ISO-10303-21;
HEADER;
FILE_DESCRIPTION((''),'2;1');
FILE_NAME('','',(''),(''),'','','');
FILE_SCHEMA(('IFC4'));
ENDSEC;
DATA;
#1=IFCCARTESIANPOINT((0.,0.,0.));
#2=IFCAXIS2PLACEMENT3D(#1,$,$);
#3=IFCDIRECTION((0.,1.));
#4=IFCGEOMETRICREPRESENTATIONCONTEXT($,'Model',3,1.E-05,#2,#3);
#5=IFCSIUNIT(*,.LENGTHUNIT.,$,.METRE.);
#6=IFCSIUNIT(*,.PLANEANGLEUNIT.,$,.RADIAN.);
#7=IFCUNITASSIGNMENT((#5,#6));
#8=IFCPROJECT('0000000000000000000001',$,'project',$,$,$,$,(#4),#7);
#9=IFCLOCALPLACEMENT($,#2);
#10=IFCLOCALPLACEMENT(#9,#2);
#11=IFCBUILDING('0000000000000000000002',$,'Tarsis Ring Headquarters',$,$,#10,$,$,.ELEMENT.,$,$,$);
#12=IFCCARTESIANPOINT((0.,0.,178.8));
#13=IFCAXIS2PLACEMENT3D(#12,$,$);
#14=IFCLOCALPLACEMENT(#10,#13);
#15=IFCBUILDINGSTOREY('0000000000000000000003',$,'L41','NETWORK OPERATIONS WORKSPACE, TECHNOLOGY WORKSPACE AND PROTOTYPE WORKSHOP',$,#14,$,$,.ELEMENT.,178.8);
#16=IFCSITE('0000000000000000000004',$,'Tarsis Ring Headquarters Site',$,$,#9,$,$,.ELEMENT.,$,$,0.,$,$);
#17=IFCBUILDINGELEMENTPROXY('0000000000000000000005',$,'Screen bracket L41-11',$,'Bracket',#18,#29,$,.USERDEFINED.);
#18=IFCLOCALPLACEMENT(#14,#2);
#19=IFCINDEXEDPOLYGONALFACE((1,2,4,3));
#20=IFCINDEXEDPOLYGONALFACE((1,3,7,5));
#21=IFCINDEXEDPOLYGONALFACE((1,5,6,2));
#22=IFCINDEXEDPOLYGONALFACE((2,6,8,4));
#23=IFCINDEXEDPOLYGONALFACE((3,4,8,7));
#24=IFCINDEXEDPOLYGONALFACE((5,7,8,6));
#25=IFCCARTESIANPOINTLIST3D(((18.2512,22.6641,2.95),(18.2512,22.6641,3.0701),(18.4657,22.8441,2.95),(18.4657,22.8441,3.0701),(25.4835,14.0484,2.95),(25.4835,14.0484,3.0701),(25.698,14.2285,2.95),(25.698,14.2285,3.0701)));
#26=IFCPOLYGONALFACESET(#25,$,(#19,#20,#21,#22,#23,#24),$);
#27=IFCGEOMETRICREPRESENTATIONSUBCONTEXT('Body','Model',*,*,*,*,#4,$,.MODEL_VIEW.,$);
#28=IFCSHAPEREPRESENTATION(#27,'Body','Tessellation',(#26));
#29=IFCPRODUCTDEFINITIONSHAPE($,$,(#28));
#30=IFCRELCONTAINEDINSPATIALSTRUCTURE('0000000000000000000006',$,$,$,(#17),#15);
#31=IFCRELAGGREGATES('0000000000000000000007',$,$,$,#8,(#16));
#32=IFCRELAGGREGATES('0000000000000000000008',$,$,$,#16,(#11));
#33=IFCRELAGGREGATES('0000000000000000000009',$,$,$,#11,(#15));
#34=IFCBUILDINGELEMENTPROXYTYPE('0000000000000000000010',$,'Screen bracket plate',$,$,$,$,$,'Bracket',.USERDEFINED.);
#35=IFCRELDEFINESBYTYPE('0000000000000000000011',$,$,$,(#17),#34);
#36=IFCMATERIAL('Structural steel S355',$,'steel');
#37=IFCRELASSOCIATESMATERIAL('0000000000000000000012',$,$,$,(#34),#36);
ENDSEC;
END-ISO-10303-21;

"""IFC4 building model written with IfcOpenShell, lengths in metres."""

from ifc_helpers import new_model, si_unit, direction, frame, origin, origin_2d, place, context, subcontext, project, spatial, rectangle, extrude, material, type_object, element, save


model = new_model("IFC4")

# Units and contexts
model_context = context("Model", 3, precision=1e-05, world=origin(), true_north=direction((0.0, 1.0)))
body_context = subcontext(model_context, "Body", "Model", "MODEL_VIEW")
ifc_project = project(units=[si_unit("LENGTHUNIT", "METRE"), si_unit("PLANEANGLEUNIT", "RADIAN")], contexts=[model_context])

# Site, building, storey
site_placement = place(None, origin())
site = spatial("IfcSite", under=ifc_project, at=site_placement, Name="Tarsis Ring Headquarters Site", CompositionType="ELEMENT", RefElevation=0.0)
building_placement = place(site_placement, origin())
building = spatial("IfcBuilding", under=site, at=building_placement, Name="Tarsis Ring Headquarters", CompositionType="ELEMENT")
storey_placement = place(building_placement, frame((0.0, 0.0, 178.8)))
storey = spatial("IfcBuildingStorey", under=building, at=storey_placement, Name="L41", Description="NETWORK OPERATIONS WORKSPACE, TECHNOLOGY WORKSPACE AND PROTOTYPE WORKSHOP", CompositionType="ELEMENT", Elevation=178.8)

# Shared definitions
ifc_material_1 = material(Name="Structural steel S355", Category="steel")

# Building element proxy
building_element_proxy_type = type_object("IfcBuildingElementProxyType", Name="Screen bracket plate", ElementType="Bracket", PredefinedType="USERDEFINED", material=ifc_material_1)
proxy_placement = place(storey_placement, frame((21.9746, 18.4463, 2.95), z_axis=(0.0, 0.0, 1.0), x_axis=(-0.642938, 0.765918, 0.0)))
element("IfcBuildingElementProxy", 1, at=proxy_placement, inside=storey, type_object=building_element_proxy_type, Name="Screen bracket L41-11", ObjectType="Bracket", PredefinedType="USERDEFINED", context=body_context, shape_type="SweptSolid", body=[
    extrude(rectangle(XDim=11.2488, YDim=0.28, at=origin_2d()), origin(), (0.0, 0.0, 1.0), 0.1201),
])

save(model, "model.ifc")
